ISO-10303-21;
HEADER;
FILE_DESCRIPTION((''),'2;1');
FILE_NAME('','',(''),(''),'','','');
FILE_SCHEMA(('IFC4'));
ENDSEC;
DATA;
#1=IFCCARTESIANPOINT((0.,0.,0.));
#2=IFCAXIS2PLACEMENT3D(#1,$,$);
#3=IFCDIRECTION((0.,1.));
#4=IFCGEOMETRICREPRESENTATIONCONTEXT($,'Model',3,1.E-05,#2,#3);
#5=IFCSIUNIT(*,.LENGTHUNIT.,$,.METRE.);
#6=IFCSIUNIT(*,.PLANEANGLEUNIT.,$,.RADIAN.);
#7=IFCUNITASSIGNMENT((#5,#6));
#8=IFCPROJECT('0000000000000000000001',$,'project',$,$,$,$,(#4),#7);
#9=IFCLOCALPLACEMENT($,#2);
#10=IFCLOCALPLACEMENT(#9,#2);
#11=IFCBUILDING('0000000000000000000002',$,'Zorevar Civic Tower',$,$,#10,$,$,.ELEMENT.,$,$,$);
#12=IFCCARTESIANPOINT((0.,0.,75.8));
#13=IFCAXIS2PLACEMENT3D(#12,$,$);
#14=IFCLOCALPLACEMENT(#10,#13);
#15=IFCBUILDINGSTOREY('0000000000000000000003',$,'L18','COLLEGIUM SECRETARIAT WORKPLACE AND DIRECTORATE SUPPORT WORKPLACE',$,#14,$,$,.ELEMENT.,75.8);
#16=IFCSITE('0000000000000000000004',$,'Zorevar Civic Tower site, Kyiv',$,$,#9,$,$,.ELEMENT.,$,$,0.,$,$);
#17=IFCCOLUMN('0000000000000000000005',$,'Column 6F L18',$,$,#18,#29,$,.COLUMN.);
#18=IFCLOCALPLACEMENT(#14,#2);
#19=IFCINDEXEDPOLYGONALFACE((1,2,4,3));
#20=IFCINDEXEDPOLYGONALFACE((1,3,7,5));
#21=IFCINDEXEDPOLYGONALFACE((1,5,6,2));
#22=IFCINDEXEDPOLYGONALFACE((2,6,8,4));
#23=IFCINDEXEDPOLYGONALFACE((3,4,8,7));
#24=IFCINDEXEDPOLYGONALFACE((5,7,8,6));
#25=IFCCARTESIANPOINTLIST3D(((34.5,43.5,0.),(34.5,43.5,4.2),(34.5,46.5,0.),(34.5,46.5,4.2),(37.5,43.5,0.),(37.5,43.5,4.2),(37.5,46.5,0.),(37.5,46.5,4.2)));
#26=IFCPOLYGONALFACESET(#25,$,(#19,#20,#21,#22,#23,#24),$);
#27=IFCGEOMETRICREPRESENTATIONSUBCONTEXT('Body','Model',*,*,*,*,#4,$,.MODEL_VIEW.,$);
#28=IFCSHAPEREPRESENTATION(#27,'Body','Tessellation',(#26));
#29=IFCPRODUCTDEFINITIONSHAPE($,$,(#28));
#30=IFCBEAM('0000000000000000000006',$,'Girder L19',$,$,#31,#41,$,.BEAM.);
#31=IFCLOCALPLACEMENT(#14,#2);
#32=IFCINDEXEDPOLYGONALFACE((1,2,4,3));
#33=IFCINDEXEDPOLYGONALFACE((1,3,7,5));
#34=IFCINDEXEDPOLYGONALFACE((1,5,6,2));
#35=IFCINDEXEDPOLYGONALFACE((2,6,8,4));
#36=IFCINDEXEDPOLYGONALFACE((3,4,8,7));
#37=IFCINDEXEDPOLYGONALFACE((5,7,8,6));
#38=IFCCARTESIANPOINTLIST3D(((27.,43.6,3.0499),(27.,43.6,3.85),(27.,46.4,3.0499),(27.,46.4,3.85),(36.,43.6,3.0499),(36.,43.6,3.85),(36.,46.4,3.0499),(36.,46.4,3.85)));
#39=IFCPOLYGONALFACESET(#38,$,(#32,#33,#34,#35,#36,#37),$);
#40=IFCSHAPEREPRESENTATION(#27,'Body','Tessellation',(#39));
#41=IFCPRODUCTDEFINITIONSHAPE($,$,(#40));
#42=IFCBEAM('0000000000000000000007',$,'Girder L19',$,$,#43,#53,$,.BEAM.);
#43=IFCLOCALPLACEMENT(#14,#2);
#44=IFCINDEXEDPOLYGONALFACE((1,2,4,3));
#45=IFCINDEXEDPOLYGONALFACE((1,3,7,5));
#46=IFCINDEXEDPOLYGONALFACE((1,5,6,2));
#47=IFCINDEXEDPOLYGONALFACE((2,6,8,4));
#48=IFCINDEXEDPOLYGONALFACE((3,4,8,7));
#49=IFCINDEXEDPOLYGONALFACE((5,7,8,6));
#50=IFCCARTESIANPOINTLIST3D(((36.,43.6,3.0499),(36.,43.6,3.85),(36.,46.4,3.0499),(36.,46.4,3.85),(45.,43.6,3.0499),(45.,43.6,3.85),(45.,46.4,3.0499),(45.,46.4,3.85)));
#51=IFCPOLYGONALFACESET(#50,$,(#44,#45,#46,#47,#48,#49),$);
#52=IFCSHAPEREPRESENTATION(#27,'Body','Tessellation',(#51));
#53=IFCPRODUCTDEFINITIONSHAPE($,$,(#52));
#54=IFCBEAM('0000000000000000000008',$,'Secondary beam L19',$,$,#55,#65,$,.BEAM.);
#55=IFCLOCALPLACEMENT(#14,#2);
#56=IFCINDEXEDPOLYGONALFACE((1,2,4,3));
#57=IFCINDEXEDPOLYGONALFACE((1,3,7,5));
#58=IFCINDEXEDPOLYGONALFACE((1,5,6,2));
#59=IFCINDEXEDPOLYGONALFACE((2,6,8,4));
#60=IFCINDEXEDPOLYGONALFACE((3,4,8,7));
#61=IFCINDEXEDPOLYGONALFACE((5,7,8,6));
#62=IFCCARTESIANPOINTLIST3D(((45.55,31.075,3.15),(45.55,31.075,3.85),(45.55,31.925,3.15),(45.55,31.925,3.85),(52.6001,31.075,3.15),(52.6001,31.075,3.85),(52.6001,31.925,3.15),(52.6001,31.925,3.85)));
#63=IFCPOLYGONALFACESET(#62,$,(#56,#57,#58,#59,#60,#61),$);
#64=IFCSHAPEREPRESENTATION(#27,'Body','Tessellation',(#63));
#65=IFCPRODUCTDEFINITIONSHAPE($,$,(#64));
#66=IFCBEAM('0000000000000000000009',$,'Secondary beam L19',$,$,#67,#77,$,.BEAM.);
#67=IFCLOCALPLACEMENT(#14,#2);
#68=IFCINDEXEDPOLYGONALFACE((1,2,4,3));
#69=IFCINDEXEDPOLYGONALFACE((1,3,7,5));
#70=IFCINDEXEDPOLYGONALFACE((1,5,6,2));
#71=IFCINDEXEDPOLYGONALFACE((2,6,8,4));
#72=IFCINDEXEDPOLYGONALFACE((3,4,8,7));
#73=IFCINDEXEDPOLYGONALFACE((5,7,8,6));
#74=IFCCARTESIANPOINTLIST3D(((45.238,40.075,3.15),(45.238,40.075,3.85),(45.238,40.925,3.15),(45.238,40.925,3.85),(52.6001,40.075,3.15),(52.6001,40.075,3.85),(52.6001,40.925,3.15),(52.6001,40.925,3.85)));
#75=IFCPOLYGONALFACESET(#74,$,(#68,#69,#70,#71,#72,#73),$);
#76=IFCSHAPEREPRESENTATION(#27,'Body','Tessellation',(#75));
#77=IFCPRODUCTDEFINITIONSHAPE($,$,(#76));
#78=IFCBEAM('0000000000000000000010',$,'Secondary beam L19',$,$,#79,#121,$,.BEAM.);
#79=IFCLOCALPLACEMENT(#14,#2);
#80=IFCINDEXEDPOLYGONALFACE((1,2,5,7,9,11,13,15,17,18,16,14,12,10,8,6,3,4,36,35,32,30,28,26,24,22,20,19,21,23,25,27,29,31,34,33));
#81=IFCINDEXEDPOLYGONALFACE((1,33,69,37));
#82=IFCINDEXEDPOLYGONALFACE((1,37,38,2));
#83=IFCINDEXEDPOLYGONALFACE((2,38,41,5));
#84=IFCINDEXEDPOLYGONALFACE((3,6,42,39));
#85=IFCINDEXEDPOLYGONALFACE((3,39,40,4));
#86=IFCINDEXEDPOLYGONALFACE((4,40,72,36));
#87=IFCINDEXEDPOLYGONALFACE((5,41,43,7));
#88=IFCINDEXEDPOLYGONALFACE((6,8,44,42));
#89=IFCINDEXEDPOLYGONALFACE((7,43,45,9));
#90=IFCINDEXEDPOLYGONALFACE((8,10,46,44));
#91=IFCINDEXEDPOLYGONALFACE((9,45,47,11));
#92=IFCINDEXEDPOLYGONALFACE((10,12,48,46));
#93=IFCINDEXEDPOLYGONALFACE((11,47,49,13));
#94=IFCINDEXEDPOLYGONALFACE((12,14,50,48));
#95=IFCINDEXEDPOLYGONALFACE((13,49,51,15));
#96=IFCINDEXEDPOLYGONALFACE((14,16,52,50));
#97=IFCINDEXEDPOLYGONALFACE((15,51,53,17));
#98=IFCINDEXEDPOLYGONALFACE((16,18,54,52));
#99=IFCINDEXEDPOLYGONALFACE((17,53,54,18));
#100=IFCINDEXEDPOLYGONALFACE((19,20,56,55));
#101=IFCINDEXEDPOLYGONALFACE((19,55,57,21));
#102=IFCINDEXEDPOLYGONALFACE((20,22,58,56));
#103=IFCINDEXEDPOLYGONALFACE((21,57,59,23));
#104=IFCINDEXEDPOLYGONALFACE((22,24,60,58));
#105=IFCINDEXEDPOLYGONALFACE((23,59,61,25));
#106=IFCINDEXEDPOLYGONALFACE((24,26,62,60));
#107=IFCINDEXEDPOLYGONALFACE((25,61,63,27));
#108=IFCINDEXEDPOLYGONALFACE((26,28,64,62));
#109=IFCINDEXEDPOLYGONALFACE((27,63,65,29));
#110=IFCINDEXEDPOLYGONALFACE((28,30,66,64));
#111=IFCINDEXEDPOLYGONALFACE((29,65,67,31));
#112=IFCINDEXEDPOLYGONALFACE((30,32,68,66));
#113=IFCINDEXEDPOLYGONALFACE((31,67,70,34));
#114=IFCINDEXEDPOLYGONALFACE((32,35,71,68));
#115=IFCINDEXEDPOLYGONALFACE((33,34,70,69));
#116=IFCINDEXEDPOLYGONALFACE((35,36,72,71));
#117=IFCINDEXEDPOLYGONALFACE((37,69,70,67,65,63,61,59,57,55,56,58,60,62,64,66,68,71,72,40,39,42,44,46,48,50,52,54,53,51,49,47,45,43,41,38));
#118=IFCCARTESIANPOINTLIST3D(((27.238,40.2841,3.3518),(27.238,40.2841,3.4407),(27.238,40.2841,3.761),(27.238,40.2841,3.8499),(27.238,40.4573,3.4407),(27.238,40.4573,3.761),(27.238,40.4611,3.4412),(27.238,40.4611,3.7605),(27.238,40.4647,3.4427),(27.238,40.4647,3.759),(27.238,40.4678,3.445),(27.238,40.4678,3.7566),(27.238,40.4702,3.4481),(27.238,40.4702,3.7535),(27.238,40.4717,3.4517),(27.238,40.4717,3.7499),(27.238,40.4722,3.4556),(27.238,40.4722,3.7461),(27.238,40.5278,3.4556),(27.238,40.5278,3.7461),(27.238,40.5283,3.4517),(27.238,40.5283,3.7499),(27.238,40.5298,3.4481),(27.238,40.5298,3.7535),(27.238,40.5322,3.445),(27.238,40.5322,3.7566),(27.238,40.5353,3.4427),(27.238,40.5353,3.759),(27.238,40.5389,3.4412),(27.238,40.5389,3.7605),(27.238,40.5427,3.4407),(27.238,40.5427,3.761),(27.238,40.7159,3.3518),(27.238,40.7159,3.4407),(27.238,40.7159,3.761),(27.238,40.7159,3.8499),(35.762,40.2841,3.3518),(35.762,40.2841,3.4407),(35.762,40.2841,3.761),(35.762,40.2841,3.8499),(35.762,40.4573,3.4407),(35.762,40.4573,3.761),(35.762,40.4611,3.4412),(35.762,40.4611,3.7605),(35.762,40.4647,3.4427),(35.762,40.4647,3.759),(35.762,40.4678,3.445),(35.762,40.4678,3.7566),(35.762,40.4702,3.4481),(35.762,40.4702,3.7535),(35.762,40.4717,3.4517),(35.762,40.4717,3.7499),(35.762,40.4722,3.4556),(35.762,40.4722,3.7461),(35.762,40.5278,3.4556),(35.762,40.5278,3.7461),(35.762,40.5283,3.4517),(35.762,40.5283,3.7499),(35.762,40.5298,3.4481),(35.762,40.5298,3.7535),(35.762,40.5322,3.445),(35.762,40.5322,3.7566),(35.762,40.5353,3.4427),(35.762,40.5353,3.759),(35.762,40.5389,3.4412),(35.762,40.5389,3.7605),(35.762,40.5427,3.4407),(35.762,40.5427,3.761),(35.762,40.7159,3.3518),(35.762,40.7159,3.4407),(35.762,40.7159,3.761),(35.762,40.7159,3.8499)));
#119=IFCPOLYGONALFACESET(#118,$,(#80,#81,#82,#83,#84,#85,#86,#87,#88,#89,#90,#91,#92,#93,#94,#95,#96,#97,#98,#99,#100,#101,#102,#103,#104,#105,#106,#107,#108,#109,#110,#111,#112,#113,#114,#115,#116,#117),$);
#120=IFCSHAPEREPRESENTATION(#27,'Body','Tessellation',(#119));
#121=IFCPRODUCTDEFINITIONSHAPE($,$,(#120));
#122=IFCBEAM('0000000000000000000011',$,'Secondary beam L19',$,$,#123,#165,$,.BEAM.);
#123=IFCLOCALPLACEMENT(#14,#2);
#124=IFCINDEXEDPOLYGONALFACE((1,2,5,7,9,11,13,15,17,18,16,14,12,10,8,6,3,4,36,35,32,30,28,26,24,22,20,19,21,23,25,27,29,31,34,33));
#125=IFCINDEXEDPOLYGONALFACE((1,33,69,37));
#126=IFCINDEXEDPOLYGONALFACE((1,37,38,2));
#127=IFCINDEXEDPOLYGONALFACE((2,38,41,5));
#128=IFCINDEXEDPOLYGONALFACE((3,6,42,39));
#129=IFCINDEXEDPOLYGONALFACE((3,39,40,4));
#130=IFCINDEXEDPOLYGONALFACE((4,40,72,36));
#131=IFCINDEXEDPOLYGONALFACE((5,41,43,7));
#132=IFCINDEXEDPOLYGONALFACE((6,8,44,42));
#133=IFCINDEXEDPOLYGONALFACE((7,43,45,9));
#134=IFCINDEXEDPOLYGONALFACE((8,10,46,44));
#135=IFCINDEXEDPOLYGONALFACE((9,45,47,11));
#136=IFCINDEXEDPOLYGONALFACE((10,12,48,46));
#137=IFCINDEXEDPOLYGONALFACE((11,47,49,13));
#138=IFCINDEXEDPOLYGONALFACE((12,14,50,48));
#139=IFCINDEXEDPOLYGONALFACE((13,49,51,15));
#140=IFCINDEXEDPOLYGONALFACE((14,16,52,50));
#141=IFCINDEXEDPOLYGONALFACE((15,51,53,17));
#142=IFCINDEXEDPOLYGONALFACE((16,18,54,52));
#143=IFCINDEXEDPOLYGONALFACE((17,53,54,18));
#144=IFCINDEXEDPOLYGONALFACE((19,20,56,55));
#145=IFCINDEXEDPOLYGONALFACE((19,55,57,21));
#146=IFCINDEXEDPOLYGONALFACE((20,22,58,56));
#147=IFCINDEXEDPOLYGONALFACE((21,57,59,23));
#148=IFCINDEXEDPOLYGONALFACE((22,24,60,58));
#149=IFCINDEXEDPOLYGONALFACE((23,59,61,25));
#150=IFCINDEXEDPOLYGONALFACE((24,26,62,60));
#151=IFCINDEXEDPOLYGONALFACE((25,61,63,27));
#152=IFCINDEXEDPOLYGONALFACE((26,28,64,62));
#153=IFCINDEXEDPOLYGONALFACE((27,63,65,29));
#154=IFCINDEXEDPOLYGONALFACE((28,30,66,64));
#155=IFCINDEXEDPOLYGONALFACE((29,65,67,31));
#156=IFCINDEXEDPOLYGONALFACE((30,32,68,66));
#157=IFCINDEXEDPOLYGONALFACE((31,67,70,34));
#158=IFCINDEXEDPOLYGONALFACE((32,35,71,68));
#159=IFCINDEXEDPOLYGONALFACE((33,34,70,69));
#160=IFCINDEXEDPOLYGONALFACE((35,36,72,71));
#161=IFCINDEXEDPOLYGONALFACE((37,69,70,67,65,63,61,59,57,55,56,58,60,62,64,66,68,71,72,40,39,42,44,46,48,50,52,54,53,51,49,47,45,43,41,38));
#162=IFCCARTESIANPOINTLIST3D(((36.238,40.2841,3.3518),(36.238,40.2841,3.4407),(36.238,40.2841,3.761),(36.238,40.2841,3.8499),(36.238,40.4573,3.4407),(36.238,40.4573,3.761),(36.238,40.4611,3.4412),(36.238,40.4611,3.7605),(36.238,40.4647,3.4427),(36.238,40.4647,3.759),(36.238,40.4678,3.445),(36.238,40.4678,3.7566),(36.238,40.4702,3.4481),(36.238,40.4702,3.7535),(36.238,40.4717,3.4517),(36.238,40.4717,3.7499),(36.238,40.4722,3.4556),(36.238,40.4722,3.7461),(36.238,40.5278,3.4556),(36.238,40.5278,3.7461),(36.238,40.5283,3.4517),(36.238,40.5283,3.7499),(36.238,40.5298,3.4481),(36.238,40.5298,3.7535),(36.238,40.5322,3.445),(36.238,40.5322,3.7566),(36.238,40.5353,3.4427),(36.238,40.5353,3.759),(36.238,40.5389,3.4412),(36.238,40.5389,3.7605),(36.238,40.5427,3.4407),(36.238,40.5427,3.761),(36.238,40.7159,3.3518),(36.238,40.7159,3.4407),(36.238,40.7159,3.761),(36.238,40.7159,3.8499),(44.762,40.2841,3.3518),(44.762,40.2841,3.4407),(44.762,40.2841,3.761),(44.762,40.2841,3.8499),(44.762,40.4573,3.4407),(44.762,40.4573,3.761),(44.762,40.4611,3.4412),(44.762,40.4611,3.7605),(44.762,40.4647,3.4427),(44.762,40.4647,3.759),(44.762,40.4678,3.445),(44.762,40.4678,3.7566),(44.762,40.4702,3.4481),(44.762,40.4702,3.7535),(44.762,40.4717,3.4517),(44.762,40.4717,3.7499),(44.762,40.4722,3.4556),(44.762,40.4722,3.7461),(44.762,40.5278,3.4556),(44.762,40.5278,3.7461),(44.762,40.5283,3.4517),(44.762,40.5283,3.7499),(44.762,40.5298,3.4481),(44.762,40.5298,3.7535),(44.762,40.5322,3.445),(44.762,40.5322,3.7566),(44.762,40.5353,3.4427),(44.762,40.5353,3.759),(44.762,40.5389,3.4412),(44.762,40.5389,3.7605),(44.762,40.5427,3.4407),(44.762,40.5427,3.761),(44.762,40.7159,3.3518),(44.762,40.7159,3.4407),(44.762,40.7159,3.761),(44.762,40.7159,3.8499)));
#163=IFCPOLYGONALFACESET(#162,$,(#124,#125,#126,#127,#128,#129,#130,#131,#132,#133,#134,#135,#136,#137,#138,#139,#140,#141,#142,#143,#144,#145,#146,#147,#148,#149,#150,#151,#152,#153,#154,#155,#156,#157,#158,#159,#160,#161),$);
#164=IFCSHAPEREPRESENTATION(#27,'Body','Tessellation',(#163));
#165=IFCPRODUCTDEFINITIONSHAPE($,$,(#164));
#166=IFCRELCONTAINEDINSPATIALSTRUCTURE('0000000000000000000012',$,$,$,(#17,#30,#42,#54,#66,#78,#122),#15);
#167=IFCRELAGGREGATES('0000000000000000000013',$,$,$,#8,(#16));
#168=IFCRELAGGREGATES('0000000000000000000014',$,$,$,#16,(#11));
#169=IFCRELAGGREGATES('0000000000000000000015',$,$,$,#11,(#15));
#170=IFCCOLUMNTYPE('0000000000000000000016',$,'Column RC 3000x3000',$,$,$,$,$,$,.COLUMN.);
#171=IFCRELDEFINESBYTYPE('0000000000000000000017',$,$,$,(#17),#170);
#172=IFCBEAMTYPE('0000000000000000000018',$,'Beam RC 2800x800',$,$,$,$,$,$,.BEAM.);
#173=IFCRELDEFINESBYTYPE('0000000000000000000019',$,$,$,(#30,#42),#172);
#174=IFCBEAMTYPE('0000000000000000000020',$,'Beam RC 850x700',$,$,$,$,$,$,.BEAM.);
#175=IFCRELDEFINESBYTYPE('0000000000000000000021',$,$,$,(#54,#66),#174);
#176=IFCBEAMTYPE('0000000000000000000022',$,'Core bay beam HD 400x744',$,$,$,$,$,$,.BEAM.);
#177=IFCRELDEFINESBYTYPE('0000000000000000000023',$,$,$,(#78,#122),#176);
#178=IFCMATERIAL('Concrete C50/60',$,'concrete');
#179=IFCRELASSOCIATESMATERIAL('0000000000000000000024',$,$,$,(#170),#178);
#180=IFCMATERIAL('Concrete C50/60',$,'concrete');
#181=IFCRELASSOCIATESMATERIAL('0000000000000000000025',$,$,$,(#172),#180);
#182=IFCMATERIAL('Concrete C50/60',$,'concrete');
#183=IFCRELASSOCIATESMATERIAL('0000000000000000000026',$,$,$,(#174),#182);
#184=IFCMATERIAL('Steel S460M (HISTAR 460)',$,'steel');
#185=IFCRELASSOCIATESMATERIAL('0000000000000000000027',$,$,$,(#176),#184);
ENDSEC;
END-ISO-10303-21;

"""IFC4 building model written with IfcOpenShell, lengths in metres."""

from ifc_helpers import new_model, si_unit, direction, frame, origin, origin_2d, place, context, subcontext, project, spatial, rectangle, i_section, extrude, material, material_profile, profile_set, type_object, element, save


model = new_model("IFC4")

# Units and contexts
model_context = context("Model", 3, precision=1e-05, world=origin(), true_north=direction((0.0, 1.0)))
body_context = subcontext(model_context, "Body", "Model", "MODEL_VIEW")
ifc_project = project(units=[si_unit("LENGTHUNIT", "METRE"), si_unit("PLANEANGLEUNIT", "RADIAN")], contexts=[model_context])

# Site, building, storey
site_placement = place(None, origin())
site = spatial("IfcSite", under=ifc_project, at=site_placement, Name="Zorevar Civic Tower site, Kyiv", CompositionType="ELEMENT", RefElevation=0.0)
building_placement = place(site_placement, origin())
building = spatial("IfcBuilding", under=site, at=building_placement, Name="Zorevar Civic Tower", CompositionType="ELEMENT")
storey_placement = place(building_placement, frame((0.0, 0.0, 75.8)))
storey = spatial("IfcBuildingStorey", under=building, at=storey_placement, Name="L18", Description="COLLEGIUM SECRETARIAT WORKPLACE AND DIRECTORATE SUPPORT WORKPLACE", CompositionType="ELEMENT", Elevation=75.8)

# Column
ifc_material_1 = material(Name="Concrete C50/60", Category="concrete")
ifc_material_profile_1 = material_profile(ifc_material_1, rectangle(XDim=3.0, YDim=3.0, at=origin_2d()), Name="RC 3000x3000")
ifc_profile_set_1 = profile_set([ifc_material_profile_1], Name="Concrete C50/60")
column_type = type_object("IfcColumnType", Name="Column RC 3000x3000", PredefinedType="COLUMN", material=ifc_profile_set_1)
column_placement = place(storey_placement, frame((36.0, 45.0, 0.0), z_axis=(0.0, 0.0, 1.0), x_axis=(1.0, 0.0, 0.0)))
element("IfcColumn", 1, at=column_placement, inside=storey, type_object=column_type, Name="Column 6F L18", PredefinedType="COLUMN", context=body_context, shape_type="SweptSolid", body=[
    extrude(rectangle(XDim=3.0, YDim=3.0, at=origin_2d()), origin(), (0.0, 0.0, 1.0), 4.2),
])

# Beams
ifc_material_2 = material(Name="Concrete C50/60", Category="concrete")
ifc_material_profile_2 = material_profile(ifc_material_2, rectangle(XDim=2.8, YDim=0.8, at=origin_2d()), Name="RC 2800x800")
ifc_profile_set_2 = profile_set([ifc_material_profile_2], Name="Concrete C50/60")
beam_type_1 = type_object("IfcBeamType", Name="Beam RC 2800x800", PredefinedType="BEAM", material=ifc_profile_set_2)
for number, where, z_axis, x_axis, name in (
    (2, (27.0, 45.0, 3.45), (1.0, 0.0, 0.0), (0.0, 1.0, 0.0), "Girder L19"),
    (3, (36.0, 45.0, 3.45), (1.0, 0.0, 0.0), (0.0, 1.0, 0.0), "Girder L19"),
):
    element("IfcBeam", number, at=place(storey_placement, frame(where, z_axis=z_axis, x_axis=x_axis)), inside=storey, type_object=beam_type_1, Name=name, PredefinedType="BEAM", context=body_context, shape_type="SweptSolid", body=[
        extrude(rectangle(XDim=2.8, YDim=0.8, at=origin_2d()), origin(), (0.0, 0.0, 1.0), 9.0),
    ])
ifc_material_3 = material(Name="Concrete C50/60", Category="concrete")
ifc_material_profile_3 = material_profile(ifc_material_3, rectangle(XDim=0.8501, YDim=0.7, at=origin_2d()), Name="RC 850x700")
ifc_profile_set_3 = profile_set([ifc_material_profile_3], Name="Concrete C50/60")
beam_type_2 = type_object("IfcBeamType", Name="Beam RC 850x700", PredefinedType="BEAM", material=ifc_profile_set_3)
beam_1_placement = place(storey_placement, frame((45.55, 31.5, 3.5), z_axis=(1.0, 0.0, 0.0), x_axis=(0.0, 1.0, 0.0)))
element("IfcBeam", 4, at=beam_1_placement, inside=storey, type_object=beam_type_2, Name="Secondary beam L19", PredefinedType="BEAM", context=body_context, shape_type="SweptSolid", body=[
    extrude(rectangle(XDim=0.8501, YDim=0.7, at=origin_2d()), origin(), (0.0, 0.0, 1.0), 7.05),
])
beam_2_placement = place(storey_placement, frame((45.238, 40.5, 3.5), z_axis=(1.0, 0.0, 0.0), x_axis=(0.0, 1.0, 0.0)))
element("IfcBeam", 5, at=beam_2_placement, inside=storey, type_object=beam_type_2, Name="Secondary beam L19", PredefinedType="BEAM", context=body_context, shape_type="SweptSolid", body=[
    extrude(rectangle(XDim=0.8501, YDim=0.7, at=origin_2d()), origin(), (0.0, 0.0, 1.0), 7.3621),
])
ifc_material_4 = material(Name="Steel S460M (HISTAR 460)", Category="steel")
ifc_material_profile_4 = material_profile(ifc_material_4, i_section(OverallWidth=0.4319, OverallDepth=0.498, WebThickness=0.0557, FlangeThickness=0.0889, FilletRadius=0.0149, at=origin_2d()), Name="HD 400x744")
ifc_profile_set_4 = profile_set([ifc_material_profile_4], Name="Steel S460M (HISTAR 460)")
beam_type_3 = type_object("IfcBeamType", Name="Core bay beam HD 400x744", PredefinedType="BEAM", material=ifc_profile_set_4)
for number, where, z_axis, x_axis, name in (
    (6, (27.238, 40.5, 3.6008), (1.0, 0.0, 0.0), (0.0, 1.0, 0.0), "Secondary beam L19"),
    (7, (36.238, 40.5, 3.6008), (1.0, 0.0, 0.0), (0.0, 1.0, 0.0), "Secondary beam L19"),
):
    element("IfcBeam", number, at=place(storey_placement, frame(where, z_axis=z_axis, x_axis=x_axis)), inside=storey, type_object=beam_type_3, Name=name, PredefinedType="BEAM", context=body_context, shape_type="SweptSolid", body=[
        extrude(i_section(OverallWidth=0.4319, OverallDepth=0.498, WebThickness=0.0557, FlangeThickness=0.0889, FilletRadius=0.0149, at=origin_2d()), origin(), (0.0, 0.0, 1.0), 8.5239),
    ])

save(model, "model.ifc")
